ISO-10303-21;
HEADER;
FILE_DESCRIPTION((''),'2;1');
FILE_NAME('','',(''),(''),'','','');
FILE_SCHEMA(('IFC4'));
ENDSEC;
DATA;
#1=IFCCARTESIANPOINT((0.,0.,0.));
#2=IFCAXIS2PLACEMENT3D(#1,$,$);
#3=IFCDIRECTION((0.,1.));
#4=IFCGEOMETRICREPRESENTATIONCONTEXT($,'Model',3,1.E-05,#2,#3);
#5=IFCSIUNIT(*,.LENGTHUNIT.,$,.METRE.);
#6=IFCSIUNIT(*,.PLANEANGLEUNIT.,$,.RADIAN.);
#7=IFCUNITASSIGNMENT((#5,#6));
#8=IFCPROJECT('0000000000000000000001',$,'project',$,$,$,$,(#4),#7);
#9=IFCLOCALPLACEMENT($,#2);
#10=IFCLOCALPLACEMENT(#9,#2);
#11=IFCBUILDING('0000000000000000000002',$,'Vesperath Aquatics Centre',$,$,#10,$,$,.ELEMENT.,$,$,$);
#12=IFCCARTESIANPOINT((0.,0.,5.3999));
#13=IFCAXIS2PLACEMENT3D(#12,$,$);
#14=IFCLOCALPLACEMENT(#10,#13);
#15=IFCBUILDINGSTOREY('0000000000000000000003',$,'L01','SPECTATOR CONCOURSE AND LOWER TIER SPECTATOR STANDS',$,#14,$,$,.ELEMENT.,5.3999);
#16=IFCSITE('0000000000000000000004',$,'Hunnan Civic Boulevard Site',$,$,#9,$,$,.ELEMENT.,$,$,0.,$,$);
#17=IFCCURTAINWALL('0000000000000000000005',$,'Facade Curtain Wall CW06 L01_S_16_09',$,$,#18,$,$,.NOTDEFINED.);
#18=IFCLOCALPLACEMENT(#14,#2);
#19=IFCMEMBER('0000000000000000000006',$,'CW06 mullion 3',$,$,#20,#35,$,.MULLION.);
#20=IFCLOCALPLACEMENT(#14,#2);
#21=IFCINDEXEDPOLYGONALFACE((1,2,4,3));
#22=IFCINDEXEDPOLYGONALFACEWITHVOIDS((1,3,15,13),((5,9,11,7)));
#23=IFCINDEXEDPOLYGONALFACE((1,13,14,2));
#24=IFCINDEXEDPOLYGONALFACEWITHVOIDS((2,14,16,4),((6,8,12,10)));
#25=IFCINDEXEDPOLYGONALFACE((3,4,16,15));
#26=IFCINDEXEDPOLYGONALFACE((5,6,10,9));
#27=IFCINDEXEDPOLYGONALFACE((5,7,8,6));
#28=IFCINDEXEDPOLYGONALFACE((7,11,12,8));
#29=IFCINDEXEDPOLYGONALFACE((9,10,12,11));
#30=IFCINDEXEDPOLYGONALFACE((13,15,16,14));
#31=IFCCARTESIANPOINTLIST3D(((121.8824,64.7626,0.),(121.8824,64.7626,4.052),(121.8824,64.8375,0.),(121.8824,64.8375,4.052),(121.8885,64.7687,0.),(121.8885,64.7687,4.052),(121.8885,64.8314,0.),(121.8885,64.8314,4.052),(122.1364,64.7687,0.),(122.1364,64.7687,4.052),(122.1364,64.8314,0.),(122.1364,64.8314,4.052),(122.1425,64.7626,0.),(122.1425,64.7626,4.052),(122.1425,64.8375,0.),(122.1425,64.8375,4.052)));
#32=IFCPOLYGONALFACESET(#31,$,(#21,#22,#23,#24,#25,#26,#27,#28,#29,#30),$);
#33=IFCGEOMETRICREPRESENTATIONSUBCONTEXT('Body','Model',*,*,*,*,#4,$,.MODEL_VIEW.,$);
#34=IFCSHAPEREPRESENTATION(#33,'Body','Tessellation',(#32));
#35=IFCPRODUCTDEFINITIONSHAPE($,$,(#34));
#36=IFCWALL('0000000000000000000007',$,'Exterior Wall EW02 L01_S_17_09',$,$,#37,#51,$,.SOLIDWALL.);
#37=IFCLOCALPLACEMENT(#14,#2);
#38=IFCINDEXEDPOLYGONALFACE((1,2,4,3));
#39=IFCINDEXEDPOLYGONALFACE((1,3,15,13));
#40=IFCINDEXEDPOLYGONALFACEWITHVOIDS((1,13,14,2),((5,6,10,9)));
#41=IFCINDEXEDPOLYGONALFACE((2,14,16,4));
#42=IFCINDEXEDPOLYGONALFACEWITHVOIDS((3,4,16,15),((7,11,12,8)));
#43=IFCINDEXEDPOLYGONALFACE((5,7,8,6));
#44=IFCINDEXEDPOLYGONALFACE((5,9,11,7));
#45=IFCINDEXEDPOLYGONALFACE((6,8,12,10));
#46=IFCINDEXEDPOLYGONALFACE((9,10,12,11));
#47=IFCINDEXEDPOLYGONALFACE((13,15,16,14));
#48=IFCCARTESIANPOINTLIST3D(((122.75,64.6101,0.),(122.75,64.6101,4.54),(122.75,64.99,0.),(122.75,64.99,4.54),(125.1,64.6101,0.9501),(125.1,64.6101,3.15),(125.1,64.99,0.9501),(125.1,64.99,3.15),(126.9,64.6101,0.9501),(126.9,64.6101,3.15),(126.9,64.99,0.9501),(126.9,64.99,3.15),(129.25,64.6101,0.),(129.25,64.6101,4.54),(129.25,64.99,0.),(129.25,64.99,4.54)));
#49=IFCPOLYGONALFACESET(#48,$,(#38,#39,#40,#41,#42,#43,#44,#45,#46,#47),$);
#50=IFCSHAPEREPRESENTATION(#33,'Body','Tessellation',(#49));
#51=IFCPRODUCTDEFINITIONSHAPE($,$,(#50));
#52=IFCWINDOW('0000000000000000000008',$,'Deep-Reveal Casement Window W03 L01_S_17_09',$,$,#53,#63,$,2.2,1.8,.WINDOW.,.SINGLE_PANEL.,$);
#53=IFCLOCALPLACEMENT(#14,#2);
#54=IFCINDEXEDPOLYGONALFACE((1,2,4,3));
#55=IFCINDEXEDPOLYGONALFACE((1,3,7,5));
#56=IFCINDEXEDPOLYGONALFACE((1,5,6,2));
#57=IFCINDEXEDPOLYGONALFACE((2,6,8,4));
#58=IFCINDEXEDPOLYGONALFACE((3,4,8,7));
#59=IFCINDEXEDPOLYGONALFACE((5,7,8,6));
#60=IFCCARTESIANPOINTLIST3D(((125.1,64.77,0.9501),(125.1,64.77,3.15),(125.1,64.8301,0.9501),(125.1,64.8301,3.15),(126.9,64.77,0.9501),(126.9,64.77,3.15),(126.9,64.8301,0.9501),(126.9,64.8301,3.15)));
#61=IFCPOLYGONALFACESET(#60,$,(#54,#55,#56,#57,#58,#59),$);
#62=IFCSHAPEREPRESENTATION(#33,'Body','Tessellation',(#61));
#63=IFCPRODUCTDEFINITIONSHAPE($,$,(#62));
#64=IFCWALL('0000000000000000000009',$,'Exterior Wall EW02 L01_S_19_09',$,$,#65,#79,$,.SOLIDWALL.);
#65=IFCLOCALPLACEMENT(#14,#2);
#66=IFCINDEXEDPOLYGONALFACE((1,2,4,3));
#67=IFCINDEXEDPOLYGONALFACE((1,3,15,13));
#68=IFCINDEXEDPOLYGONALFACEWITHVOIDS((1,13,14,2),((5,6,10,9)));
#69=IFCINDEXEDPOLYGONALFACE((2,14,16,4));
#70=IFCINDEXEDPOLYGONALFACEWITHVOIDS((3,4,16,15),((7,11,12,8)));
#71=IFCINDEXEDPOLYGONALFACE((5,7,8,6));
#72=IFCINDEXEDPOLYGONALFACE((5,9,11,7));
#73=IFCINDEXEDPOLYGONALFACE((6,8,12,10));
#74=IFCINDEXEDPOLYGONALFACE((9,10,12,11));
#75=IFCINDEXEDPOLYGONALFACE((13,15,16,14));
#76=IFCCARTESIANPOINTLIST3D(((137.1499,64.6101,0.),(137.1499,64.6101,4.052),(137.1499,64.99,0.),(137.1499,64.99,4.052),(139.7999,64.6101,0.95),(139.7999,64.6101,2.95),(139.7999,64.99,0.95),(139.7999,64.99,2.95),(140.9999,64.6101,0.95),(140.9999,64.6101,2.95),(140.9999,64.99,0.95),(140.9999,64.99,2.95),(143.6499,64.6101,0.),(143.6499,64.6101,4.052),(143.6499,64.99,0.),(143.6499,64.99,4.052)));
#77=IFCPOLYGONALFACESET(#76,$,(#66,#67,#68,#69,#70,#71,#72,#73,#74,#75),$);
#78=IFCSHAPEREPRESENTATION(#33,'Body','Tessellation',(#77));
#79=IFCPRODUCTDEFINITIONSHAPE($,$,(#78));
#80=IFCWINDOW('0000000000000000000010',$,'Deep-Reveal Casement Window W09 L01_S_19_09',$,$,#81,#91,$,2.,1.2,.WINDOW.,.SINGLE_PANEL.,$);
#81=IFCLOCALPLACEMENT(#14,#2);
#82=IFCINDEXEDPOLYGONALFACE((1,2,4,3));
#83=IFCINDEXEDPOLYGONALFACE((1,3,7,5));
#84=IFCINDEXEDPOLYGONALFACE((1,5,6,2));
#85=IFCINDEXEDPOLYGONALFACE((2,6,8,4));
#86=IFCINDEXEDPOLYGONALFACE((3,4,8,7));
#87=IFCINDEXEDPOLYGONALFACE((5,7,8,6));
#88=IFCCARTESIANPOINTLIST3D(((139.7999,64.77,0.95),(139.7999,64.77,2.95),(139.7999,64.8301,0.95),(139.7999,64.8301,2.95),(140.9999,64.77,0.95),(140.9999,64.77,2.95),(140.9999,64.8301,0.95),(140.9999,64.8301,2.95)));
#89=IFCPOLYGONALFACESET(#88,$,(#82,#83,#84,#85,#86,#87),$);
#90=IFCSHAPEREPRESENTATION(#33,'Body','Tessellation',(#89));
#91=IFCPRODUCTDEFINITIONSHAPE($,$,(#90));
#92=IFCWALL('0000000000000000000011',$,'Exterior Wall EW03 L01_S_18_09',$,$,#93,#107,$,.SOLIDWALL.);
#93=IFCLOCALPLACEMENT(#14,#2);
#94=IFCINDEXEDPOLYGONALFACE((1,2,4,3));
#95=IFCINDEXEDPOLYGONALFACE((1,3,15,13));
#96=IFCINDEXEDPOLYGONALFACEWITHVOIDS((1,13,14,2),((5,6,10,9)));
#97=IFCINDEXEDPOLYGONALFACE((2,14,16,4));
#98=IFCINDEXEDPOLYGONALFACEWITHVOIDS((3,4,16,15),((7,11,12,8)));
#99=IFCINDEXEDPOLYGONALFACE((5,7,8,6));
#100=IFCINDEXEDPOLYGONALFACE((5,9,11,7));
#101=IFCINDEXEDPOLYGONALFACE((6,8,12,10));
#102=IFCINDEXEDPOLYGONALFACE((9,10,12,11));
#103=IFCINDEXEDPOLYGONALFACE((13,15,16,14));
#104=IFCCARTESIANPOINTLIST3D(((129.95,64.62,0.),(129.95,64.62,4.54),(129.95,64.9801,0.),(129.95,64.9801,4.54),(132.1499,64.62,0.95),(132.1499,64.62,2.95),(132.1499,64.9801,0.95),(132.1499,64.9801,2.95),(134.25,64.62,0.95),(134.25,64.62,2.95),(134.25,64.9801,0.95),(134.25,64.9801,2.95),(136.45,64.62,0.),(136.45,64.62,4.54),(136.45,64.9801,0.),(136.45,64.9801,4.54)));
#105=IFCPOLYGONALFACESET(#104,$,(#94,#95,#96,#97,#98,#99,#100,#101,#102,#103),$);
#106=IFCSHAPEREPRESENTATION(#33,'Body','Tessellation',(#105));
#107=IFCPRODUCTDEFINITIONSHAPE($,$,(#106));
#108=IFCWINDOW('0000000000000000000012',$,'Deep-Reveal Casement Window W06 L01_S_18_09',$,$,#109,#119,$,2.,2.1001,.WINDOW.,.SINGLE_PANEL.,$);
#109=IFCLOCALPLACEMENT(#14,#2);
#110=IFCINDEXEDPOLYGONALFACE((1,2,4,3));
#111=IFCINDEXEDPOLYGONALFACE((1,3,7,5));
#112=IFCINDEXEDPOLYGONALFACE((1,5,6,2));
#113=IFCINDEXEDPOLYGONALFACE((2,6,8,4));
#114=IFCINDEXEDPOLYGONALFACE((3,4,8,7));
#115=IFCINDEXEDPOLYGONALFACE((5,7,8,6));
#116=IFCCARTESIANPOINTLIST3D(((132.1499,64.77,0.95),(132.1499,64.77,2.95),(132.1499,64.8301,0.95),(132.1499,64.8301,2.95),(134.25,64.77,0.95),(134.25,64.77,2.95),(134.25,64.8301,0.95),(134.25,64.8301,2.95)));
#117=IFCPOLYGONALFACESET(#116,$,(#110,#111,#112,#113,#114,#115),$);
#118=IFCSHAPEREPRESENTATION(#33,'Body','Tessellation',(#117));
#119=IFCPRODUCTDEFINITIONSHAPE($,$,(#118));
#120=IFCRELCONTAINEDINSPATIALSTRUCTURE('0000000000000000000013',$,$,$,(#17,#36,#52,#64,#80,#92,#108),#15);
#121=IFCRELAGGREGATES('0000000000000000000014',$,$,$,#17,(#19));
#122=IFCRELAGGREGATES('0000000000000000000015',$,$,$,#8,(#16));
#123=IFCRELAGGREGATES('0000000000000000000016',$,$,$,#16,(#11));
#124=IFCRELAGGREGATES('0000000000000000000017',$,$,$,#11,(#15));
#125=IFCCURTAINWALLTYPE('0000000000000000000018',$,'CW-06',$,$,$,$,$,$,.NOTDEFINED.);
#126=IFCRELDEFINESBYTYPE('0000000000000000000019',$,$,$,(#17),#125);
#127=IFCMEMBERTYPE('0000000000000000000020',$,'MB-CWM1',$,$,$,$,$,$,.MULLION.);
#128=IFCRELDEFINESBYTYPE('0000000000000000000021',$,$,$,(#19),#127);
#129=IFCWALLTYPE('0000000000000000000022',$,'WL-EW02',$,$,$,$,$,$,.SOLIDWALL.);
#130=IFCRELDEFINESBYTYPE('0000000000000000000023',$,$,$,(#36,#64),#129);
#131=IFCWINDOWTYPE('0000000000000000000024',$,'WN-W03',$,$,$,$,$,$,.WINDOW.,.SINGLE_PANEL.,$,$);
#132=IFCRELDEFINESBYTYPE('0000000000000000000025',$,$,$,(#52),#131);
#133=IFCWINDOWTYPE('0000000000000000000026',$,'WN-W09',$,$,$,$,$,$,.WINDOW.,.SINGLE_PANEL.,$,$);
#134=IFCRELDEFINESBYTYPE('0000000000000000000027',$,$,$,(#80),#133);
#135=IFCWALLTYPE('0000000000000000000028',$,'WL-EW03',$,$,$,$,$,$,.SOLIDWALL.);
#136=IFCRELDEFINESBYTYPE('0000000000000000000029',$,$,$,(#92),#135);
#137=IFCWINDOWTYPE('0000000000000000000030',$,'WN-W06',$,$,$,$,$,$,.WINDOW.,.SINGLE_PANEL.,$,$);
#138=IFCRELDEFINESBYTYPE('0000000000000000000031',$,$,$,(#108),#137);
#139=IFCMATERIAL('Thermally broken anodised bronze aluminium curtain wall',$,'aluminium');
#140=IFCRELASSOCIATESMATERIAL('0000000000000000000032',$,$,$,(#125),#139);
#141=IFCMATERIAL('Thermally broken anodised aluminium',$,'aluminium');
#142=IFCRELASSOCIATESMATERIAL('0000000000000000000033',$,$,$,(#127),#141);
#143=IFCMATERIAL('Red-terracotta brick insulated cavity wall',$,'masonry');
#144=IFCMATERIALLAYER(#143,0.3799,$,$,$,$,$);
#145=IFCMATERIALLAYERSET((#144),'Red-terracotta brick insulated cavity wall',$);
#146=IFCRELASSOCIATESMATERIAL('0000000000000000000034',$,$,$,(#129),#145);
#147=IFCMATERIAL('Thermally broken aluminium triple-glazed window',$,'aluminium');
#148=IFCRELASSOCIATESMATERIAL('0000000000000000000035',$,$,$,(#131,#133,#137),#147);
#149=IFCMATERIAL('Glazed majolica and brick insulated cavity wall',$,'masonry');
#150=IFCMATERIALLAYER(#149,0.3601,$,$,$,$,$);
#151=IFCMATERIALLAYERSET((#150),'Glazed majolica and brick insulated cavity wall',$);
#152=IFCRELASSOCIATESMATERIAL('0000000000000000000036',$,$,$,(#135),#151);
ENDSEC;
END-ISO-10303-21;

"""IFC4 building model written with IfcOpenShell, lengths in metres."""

from ifc_helpers import new_model, si_unit, direction, frame, frame_2d, origin, origin_2d, place, context, subcontext, project, spatial, rectangle, hollow_rectangle, extrude, material, layer, layer_set, material_profile, profile_set, type_object, element, fill, aggregate, save


model = new_model("IFC4")

# Units and contexts
model_context = context("Model", 3, precision=1e-05, world=origin(), true_north=direction((0.0, 1.0)))
body_context = subcontext(model_context, "Body", "Model", "MODEL_VIEW")
ifc_project = project(units=[si_unit("LENGTHUNIT", "METRE"), si_unit("PLANEANGLEUNIT", "RADIAN")], contexts=[model_context])

# Site, building, storey
site_placement = place(None, origin())
site = spatial("IfcSite", under=ifc_project, at=site_placement, Name="Hunnan Civic Boulevard Site", CompositionType="ELEMENT", RefElevation=0.0)
building_placement = place(site_placement, origin())
building = spatial("IfcBuilding", under=site, at=building_placement, Name="Vesperath Aquatics Centre", CompositionType="ELEMENT")
storey_placement = place(building_placement, frame((0.0, 0.0, 5.3999)))
storey = spatial("IfcBuildingStorey", under=building, at=storey_placement, Name="L01", Description="SPECTATOR CONCOURSE AND LOWER TIER SPECTATOR STANDS", CompositionType="ELEMENT", Elevation=5.3999)

# Curtain wall, member
ifc_material_1 = material(Name="Thermally broken anodised bronze aluminium curtain wall", Category="aluminium")
curtain_wall_type = type_object("IfcCurtainWallType", Name="CW-06", PredefinedType="NOTDEFINED", material=ifc_material_1)
curtain_wall_placement = place(storey_placement, origin())
curtain_wall = element("IfcCurtainWall", 1, at=curtain_wall_placement, inside=storey, type_object=curtain_wall_type, Name="Facade Curtain Wall CW06 L01_S_16_09", PredefinedType="NOTDEFINED")
ifc_material_2 = material(Name="Thermally broken anodised aluminium", Category="aluminium")
ifc_material_profile_1 = material_profile(ifc_material_2, hollow_rectangle(XDim=0.075, YDim=0.26, WallThickness=0.0061, at=origin_2d()), Name="CWM 75x260x6")
ifc_profile_set_1 = profile_set([ifc_material_profile_1], Name="Thermally broken anodised aluminium")
member_type = type_object("IfcMemberType", Name="MB-CWM1", PredefinedType="MULLION", material=ifc_profile_set_1)
member_placement = place(storey_placement, frame((122.0125, 64.8, 0.0), z_axis=(0.0, 0.0, 1.0), x_axis=(0.0, 1.0, 0.0)))
member = element("IfcMember", 2, at=member_placement, type_object=member_type, Name="CW06 mullion 3", PredefinedType="MULLION", context=body_context, shape_type="SweptSolid", body=[
    extrude(hollow_rectangle(XDim=0.075, YDim=0.26, WallThickness=0.0061, at=origin_2d()), origin(), (0.0, 0.0, 1.0), 4.052),
])
aggregate(curtain_wall, [member])

# Walls, openings, windows
ifc_material_3 = material(Name="Red-terracotta brick insulated cavity wall", Category="masonry")
ifc_layer_1 = layer(ifc_material_3, 0.3799)
ifc_layer_set_1 = layer_set([ifc_layer_1], Name="Red-terracotta brick insulated cavity wall")
wall_type_1 = type_object("IfcWallType", Name="WL-EW02", PredefinedType="SOLIDWALL", material=ifc_layer_set_1)
wall_1_placement = place(storey_placement, frame((122.75, 64.8, 0.0), z_axis=(0.0, 0.0, 1.0), x_axis=(1.0, 0.0, 0.0)))
wall_1 = element("IfcWall", 3, at=wall_1_placement, inside=storey, type_object=wall_type_1, Name="Exterior Wall EW02 L01_S_17_09", PredefinedType="SOLIDWALL", context=body_context, shape_type="SweptSolid", body=[
    extrude(rectangle(XDim=6.5, YDim=0.3799, at=frame_2d((3.25, 0.0))), origin(), (0.0, 0.0, 1.0), 4.54),
])
opening_1_placement = place(wall_1_placement, frame((2.3501, 0.0, 0.95)))
opening_1 = element("IfcOpeningElement", 4, at=opening_1_placement, cuts=wall_1, PredefinedType="OPENING", context=body_context, shape_type="SweptSolid", body=[
    extrude(rectangle(XDim=1.8, YDim=2.2, at=frame_2d((0.8999, 1.1001))), frame((0.0, 0.2048, 0.0), z_axis=(0.0, -1.0, 0.0), x_axis=(1.0, 0.0, 0.0)), (0.0, 0.0, 1.0), 0.4097),
])
ifc_material_4 = material(Name="Thermally broken aluminium triple-glazed window", Category="aluminium")
window_type_1 = type_object("IfcWindowType", Name="WN-W03", PartitioningType="SINGLE_PANEL", PredefinedType="WINDOW", material=ifc_material_4)
window_1_placement = place(opening_1_placement, origin())
window_1 = element("IfcWindow", 5, at=window_1_placement, inside=storey, type_object=window_type_1, Name="Deep-Reveal Casement Window W03 L01_S_17_09", OverallHeight=2.2, OverallWidth=1.8, PartitioningType="SINGLE_PANEL", PredefinedType="WINDOW", context=body_context, shape_type="SweptSolid", body=[
    extrude(rectangle(XDim=1.8, YDim=2.2, at=frame_2d((0.8999, 1.1001))), frame((0.0, 0.03, 0.0), z_axis=(0.0, -1.0, 0.0), x_axis=(1.0, 0.0, 0.0)), (0.0, 0.0, 1.0), 0.0601),
])
fill(opening_1, window_1)
wall_2_placement = place(storey_placement, frame((137.1499, 64.8, 0.0), z_axis=(0.0, 0.0, 1.0), x_axis=(1.0, 0.0, 0.0)))
wall_2 = element("IfcWall", 6, at=wall_2_placement, inside=storey, type_object=wall_type_1, Name="Exterior Wall EW02 L01_S_19_09", PredefinedType="SOLIDWALL", context=body_context, shape_type="SweptSolid", body=[
    extrude(rectangle(XDim=6.5, YDim=0.3799, at=frame_2d((3.25, 0.0))), origin(), (0.0, 0.0, 1.0), 4.052),
])
opening_2_placement = place(wall_2_placement, frame((2.6499, 0.0, 0.95)))
opening_2 = element("IfcOpeningElement", 7, at=opening_2_placement, cuts=wall_2, PredefinedType="OPENING", context=body_context, shape_type="SweptSolid", body=[
    extrude(rectangle(XDim=1.2, YDim=2.0, at=frame_2d((0.6001, 1.0))), frame((0.0, 0.2048, 0.0), z_axis=(0.0, -1.0, 0.0), x_axis=(1.0, 0.0, 0.0)), (0.0, 0.0, 1.0), 0.4097),
])
window_type_2 = type_object("IfcWindowType", Name="WN-W09", PartitioningType="SINGLE_PANEL", PredefinedType="WINDOW", material=ifc_material_4)
window_2_placement = place(opening_2_placement, origin())
window_2 = element("IfcWindow", 8, at=window_2_placement, inside=storey, type_object=window_type_2, Name="Deep-Reveal Casement Window W09 L01_S_19_09", OverallHeight=2.0, OverallWidth=1.2, PartitioningType="SINGLE_PANEL", PredefinedType="WINDOW", context=body_context, shape_type="SweptSolid", body=[
    extrude(rectangle(XDim=1.2, YDim=2.0, at=frame_2d((0.6001, 1.0))), frame((0.0, 0.03, 0.0), z_axis=(0.0, -1.0, 0.0), x_axis=(1.0, 0.0, 0.0)), (0.0, 0.0, 1.0), 0.0601),
])
fill(opening_2, window_2)
ifc_material_5 = material(Name="Glazed majolica and brick insulated cavity wall", Category="masonry")
ifc_layer_2 = layer(ifc_material_5, 0.3601)
ifc_layer_set_2 = layer_set([ifc_layer_2], Name="Glazed majolica and brick insulated cavity wall")
wall_type_2 = type_object("IfcWallType", Name="WL-EW03", PredefinedType="SOLIDWALL", material=ifc_layer_set_2)
wall_3_placement = place(storey_placement, frame((129.95, 64.8, 0.0), z_axis=(0.0, 0.0, 1.0), x_axis=(1.0, 0.0, 0.0)))
wall_3 = element("IfcWall", 9, at=wall_3_placement, inside=storey, type_object=wall_type_2, Name="Exterior Wall EW03 L01_S_18_09", PredefinedType="SOLIDWALL", context=body_context, shape_type="SweptSolid", body=[
    extrude(rectangle(XDim=6.5, YDim=0.3601, at=frame_2d((3.25, 0.0))), origin(), (0.0, 0.0, 1.0), 4.54),
])
opening_3_placement = place(wall_3_placement, frame((2.2, 0.0, 0.95)))
opening_3 = element("IfcOpeningElement", 10, at=opening_3_placement, cuts=wall_3, PredefinedType="OPENING", context=body_context, shape_type="SweptSolid", body=[
    extrude(rectangle(XDim=2.1001, YDim=2.0, at=frame_2d((1.05, 1.0))), frame((0.0, 0.1948, 0.0), z_axis=(0.0, -1.0, 0.0), x_axis=(1.0, 0.0, 0.0)), (0.0, 0.0, 1.0), 0.3899),
])
window_type_3 = type_object("IfcWindowType", Name="WN-W06", PartitioningType="SINGLE_PANEL", PredefinedType="WINDOW", material=ifc_material_4)
window_3_placement = place(opening_3_placement, origin())
window_3 = element("IfcWindow", 11, at=window_3_placement, inside=storey, type_object=window_type_3, Name="Deep-Reveal Casement Window W06 L01_S_18_09", OverallHeight=2.0, OverallWidth=2.1001, PartitioningType="SINGLE_PANEL", PredefinedType="WINDOW", context=body_context, shape_type="SweptSolid", body=[
    extrude(rectangle(XDim=2.1001, YDim=2.0, at=frame_2d((1.05, 1.0))), frame((0.0, 0.03, 0.0), z_axis=(0.0, -1.0, 0.0), x_axis=(1.0, 0.0, 0.0)), (0.0, 0.0, 1.0), 0.0601),
])
fill(opening_3, window_3)

save(model, "model.ifc")
